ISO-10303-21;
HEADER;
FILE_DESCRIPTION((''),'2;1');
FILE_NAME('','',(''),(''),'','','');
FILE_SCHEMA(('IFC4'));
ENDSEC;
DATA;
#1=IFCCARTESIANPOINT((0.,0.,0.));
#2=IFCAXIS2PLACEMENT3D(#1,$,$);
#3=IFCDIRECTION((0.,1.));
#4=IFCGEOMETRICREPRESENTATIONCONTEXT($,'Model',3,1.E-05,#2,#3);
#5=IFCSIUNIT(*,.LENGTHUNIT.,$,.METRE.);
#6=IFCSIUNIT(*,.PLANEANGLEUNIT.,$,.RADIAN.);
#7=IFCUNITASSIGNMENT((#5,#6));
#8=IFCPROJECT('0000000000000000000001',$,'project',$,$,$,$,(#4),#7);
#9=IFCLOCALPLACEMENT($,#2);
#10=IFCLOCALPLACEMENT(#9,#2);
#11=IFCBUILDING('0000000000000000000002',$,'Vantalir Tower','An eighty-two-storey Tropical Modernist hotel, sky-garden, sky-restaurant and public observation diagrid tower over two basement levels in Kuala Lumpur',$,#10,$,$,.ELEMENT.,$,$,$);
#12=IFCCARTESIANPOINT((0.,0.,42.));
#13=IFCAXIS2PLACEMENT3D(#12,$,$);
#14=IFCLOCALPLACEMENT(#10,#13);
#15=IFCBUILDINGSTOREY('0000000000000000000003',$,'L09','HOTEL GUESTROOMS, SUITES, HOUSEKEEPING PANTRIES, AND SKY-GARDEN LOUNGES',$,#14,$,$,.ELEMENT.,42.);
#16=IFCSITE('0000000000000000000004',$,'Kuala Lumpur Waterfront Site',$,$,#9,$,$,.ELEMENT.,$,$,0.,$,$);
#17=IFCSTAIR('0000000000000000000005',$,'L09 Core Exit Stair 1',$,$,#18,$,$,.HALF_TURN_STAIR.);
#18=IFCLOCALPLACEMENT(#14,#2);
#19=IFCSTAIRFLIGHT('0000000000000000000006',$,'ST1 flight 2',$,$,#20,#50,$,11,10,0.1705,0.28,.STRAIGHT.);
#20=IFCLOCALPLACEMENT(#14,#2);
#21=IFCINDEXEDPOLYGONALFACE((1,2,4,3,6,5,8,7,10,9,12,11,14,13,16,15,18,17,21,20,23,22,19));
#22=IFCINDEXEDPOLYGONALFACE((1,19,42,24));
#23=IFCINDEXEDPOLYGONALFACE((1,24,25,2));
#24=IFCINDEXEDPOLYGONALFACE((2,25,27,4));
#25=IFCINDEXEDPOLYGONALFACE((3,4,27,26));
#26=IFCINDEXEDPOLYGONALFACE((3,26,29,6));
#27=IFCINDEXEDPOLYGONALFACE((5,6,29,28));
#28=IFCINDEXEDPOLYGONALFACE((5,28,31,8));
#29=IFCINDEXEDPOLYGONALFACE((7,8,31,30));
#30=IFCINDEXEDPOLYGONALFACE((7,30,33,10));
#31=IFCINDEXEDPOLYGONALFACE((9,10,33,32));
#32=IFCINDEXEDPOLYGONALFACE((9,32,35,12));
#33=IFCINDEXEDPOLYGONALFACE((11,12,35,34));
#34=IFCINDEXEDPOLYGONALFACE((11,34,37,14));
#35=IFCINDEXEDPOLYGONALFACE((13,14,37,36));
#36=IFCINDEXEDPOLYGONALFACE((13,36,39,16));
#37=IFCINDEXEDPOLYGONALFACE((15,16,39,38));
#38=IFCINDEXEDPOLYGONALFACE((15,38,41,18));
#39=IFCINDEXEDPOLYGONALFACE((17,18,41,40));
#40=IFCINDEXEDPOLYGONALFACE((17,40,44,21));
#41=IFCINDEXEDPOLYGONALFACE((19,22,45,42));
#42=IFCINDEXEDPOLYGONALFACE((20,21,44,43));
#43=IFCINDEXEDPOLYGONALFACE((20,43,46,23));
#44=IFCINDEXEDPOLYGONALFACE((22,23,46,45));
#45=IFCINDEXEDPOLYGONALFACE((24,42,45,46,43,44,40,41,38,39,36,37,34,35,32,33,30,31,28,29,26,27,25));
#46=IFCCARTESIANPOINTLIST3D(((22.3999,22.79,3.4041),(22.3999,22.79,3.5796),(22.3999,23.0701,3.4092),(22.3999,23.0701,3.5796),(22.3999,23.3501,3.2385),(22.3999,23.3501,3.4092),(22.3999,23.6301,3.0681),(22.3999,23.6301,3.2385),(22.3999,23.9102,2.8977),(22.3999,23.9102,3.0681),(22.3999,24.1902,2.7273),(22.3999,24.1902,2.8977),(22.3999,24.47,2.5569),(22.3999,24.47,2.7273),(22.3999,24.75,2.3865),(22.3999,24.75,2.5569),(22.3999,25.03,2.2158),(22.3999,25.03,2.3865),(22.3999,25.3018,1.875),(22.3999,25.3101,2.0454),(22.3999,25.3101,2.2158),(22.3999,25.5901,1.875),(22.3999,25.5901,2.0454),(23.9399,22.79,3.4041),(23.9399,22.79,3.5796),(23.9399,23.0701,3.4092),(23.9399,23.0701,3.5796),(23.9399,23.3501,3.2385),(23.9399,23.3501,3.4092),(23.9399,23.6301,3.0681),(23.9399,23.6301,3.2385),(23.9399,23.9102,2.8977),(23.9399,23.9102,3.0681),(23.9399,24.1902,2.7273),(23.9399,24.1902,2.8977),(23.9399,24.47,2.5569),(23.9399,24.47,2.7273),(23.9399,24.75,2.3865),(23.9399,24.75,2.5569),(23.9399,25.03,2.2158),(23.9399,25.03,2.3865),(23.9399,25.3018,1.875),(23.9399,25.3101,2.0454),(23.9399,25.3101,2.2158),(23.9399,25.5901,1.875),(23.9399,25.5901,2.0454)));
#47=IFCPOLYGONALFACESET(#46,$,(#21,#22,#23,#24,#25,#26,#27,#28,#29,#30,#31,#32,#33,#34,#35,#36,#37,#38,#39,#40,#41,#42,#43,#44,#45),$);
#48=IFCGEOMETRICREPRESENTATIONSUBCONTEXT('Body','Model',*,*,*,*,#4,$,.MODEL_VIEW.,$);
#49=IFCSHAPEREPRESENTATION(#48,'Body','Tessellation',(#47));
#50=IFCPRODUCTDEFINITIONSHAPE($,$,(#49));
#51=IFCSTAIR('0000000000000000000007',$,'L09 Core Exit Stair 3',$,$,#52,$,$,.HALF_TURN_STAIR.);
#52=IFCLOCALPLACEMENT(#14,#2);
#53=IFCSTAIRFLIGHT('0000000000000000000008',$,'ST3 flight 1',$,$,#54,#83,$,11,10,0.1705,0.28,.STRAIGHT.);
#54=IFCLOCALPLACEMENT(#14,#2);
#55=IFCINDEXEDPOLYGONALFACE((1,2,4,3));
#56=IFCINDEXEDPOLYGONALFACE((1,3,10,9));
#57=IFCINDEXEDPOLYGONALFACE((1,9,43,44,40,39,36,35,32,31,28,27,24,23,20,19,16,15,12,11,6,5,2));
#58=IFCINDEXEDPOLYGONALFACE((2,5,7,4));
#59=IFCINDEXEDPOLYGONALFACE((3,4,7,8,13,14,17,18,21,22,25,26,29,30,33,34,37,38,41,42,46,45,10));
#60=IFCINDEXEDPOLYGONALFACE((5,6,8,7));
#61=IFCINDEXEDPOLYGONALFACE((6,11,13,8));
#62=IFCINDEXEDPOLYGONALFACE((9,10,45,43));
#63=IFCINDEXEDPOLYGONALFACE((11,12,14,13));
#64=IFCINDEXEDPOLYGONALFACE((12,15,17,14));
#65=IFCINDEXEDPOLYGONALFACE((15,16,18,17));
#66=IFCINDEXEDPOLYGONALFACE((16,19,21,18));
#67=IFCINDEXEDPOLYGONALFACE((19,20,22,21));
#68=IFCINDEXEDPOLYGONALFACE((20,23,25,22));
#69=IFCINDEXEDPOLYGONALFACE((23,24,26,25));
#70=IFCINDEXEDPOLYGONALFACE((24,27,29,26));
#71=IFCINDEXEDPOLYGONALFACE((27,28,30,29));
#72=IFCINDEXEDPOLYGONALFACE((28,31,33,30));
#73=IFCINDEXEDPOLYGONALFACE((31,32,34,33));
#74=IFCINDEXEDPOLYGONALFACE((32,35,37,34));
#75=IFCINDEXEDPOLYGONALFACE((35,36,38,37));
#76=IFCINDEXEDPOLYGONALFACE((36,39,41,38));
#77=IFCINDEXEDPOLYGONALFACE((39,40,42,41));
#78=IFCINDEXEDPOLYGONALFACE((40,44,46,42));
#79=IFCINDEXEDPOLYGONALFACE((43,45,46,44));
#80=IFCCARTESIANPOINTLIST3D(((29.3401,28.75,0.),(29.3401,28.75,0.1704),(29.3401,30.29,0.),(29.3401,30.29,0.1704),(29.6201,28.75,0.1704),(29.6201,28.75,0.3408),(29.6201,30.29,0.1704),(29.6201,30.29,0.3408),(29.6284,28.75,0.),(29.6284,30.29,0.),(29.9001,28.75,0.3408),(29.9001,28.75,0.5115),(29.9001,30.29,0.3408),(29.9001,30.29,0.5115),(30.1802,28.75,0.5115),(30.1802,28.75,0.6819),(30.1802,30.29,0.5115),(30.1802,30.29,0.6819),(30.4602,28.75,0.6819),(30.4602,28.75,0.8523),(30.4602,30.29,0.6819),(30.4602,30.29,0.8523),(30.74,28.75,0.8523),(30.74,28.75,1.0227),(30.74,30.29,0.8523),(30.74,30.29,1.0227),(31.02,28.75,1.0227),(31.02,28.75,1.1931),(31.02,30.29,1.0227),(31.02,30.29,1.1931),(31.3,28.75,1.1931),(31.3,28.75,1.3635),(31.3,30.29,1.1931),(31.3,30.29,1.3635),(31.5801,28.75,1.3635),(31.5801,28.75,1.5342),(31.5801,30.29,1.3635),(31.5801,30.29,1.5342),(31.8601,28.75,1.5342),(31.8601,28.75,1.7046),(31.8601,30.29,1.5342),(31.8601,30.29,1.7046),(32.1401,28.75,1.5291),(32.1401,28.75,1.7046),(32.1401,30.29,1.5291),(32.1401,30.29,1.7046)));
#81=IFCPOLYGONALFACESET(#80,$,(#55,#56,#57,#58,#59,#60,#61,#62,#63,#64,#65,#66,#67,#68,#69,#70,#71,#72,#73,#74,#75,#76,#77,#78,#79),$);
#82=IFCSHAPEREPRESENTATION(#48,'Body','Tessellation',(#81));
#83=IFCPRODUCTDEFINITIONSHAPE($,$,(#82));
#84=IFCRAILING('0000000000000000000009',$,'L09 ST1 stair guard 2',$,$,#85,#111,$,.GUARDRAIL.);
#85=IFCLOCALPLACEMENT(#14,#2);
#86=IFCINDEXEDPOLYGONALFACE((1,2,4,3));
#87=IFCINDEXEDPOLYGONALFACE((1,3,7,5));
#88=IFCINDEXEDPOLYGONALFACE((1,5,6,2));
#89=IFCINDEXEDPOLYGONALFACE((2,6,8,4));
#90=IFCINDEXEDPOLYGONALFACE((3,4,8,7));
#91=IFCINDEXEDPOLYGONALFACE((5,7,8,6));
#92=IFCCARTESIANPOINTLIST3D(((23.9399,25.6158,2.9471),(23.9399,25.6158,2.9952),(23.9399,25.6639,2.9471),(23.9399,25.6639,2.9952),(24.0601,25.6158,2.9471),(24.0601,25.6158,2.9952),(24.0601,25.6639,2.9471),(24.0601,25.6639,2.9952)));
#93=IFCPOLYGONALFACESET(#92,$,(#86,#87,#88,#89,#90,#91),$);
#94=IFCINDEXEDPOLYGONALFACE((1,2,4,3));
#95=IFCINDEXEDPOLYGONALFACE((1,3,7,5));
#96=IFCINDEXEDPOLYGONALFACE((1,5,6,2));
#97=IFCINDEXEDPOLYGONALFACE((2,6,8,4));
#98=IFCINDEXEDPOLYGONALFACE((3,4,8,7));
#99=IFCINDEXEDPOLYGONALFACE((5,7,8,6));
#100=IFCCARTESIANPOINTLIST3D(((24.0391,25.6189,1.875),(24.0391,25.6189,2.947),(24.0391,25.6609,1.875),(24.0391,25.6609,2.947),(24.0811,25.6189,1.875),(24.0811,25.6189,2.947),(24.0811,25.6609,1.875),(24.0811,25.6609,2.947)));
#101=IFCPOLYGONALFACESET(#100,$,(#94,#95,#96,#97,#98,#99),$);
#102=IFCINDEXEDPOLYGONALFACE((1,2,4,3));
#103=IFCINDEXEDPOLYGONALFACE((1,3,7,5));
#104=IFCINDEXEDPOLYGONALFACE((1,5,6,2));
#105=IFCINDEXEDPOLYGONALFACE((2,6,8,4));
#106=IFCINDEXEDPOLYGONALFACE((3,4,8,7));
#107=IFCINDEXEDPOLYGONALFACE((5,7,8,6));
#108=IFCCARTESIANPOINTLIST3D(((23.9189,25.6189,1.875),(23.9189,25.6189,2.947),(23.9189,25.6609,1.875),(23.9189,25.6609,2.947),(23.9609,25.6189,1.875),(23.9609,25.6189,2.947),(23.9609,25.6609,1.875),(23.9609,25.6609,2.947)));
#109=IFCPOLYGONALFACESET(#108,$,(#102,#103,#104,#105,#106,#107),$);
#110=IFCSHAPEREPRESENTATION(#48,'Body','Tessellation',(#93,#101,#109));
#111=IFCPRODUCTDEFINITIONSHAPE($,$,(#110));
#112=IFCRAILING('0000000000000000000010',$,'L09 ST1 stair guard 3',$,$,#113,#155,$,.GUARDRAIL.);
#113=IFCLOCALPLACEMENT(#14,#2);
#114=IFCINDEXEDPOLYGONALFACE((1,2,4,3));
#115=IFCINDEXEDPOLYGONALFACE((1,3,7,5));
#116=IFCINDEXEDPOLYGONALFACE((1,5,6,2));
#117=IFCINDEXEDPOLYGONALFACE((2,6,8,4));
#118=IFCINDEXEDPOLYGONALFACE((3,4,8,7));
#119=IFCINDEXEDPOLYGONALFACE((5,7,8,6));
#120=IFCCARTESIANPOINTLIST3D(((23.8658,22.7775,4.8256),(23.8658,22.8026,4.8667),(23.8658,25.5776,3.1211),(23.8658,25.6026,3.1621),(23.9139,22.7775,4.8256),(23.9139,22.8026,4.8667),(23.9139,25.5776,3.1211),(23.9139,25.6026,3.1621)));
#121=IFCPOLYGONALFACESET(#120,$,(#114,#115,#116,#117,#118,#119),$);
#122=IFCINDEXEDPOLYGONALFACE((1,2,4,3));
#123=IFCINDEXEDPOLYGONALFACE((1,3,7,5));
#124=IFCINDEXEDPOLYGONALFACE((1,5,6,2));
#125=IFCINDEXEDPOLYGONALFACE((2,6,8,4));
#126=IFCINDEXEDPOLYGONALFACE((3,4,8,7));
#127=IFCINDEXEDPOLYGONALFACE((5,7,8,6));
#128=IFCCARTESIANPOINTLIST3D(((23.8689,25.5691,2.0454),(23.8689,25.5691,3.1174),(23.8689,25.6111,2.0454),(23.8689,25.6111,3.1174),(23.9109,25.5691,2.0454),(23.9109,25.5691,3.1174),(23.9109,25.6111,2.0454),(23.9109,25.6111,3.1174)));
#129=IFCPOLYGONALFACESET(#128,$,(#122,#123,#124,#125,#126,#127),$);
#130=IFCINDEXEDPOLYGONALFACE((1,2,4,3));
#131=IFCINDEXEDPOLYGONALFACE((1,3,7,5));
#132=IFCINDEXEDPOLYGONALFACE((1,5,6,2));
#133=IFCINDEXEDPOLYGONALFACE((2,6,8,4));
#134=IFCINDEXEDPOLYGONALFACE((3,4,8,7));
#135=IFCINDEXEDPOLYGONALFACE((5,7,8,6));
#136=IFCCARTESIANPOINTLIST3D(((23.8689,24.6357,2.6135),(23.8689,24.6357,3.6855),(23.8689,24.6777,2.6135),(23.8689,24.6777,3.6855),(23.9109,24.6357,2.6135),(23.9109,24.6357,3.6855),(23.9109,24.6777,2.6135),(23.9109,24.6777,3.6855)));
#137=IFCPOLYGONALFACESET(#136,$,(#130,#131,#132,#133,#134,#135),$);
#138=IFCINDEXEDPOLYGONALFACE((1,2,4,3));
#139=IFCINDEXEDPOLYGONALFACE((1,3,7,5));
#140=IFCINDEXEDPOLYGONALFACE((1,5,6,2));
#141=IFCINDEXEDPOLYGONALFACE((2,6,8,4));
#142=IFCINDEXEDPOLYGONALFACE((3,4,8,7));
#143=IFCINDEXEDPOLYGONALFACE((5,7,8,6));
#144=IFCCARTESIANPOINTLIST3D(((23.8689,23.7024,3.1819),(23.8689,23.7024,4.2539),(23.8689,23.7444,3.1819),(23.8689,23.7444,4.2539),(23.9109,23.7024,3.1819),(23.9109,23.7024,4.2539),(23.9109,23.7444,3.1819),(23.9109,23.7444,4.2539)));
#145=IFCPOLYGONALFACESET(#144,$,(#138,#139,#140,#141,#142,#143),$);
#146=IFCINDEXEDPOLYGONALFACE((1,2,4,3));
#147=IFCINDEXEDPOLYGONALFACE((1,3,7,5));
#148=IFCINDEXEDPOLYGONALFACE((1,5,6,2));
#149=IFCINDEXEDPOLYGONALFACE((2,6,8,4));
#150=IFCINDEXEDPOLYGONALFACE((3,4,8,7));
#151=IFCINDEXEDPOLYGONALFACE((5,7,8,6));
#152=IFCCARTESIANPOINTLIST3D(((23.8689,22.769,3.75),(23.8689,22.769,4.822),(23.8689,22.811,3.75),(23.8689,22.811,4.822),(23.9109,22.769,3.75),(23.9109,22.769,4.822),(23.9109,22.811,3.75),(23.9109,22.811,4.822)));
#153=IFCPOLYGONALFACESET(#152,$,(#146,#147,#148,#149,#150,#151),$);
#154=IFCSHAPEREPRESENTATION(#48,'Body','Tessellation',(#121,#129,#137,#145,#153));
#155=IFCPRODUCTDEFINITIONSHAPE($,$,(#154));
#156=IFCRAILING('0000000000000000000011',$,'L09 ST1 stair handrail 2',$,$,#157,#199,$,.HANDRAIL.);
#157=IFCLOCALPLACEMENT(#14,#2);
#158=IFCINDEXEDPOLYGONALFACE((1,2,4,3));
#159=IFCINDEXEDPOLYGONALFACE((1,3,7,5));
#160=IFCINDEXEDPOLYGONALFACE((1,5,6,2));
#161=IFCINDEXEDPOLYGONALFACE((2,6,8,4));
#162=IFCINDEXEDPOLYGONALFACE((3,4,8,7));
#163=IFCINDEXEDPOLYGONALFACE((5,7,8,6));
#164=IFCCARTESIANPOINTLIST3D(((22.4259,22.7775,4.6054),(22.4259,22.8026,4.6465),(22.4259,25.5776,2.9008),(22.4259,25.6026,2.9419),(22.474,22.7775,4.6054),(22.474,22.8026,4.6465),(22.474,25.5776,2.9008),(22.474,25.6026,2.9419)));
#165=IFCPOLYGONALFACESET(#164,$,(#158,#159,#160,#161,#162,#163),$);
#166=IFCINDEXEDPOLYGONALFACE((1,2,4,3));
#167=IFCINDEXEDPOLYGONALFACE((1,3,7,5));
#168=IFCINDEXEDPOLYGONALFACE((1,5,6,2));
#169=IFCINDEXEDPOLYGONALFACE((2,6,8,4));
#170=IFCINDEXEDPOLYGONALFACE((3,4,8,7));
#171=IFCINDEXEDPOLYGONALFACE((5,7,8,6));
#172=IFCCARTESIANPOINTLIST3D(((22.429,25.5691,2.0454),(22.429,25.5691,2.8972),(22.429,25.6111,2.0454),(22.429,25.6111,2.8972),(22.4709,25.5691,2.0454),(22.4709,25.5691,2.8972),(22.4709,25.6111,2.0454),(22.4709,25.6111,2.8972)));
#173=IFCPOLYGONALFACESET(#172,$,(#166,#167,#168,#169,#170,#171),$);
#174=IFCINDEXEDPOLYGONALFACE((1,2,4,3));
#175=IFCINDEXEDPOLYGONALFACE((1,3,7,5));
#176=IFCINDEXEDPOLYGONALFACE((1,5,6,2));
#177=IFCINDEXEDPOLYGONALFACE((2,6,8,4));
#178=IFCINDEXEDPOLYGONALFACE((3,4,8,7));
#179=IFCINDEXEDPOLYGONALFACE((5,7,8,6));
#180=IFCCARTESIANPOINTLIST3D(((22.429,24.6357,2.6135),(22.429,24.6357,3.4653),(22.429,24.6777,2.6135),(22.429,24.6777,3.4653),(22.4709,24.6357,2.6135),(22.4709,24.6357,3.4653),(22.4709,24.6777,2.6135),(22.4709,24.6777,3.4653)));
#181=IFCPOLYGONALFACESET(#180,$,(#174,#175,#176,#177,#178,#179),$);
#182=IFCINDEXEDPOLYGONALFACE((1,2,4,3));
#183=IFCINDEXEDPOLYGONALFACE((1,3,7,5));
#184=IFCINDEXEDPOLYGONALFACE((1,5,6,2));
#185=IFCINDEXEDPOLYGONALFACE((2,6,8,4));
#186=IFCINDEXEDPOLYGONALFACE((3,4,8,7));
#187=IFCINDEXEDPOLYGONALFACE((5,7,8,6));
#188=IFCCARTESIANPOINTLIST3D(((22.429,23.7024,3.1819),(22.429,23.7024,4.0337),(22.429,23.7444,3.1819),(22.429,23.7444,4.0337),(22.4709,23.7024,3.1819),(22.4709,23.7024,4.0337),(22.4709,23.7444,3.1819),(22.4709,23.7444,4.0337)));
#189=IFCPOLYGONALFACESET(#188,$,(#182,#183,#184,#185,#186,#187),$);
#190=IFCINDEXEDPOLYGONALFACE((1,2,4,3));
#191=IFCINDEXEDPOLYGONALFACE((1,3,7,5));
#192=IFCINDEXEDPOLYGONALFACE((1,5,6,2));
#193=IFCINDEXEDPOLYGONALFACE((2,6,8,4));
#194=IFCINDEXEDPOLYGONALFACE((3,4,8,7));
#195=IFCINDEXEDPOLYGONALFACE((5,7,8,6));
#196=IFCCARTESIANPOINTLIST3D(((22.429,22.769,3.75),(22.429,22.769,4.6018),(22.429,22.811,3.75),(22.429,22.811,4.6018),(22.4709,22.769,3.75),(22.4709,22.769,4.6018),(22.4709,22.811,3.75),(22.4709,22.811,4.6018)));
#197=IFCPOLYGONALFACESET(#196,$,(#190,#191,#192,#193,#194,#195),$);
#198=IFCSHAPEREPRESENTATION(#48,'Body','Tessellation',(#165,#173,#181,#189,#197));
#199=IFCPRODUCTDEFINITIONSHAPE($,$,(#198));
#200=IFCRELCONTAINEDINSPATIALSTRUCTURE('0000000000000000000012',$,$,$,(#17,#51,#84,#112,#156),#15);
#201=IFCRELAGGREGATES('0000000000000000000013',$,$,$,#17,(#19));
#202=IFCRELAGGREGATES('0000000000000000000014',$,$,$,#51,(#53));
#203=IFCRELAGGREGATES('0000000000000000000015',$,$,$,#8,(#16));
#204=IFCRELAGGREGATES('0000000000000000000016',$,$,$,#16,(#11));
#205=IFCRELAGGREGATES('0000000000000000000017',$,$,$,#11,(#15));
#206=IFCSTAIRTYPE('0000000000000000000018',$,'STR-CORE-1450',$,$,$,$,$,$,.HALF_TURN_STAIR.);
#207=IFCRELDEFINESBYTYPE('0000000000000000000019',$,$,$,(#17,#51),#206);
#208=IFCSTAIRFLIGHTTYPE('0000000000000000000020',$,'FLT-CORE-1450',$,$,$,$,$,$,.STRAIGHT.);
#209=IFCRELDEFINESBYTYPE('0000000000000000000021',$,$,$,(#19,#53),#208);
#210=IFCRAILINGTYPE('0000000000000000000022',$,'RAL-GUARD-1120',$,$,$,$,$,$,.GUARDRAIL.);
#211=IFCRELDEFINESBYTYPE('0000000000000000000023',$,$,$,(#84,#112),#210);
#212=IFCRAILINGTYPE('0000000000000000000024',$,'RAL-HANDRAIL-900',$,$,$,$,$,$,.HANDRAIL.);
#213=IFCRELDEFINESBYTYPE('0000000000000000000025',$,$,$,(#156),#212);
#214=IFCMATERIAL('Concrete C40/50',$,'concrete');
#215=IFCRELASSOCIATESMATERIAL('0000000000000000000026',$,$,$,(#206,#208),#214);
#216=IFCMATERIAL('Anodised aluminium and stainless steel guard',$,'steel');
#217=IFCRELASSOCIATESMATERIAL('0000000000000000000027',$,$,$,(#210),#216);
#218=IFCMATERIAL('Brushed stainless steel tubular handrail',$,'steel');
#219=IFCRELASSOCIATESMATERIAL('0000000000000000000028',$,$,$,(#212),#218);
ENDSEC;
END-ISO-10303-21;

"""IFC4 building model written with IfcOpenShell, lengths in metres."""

from ifc_helpers import new_model, si_unit, direction, frame, origin, origin_2d, place, context, subcontext, project, spatial, polyline, rectangle, outline, extrude, material, type_object, element, aggregate, save


model = new_model("IFC4")

# Units and contexts
model_context = context("Model", 3, precision=1e-05, world=origin(), true_north=direction((0.0, 1.0)))
body_context = subcontext(model_context, "Body", "Model", "MODEL_VIEW")
ifc_project = project(units=[si_unit("LENGTHUNIT", "METRE"), si_unit("PLANEANGLEUNIT", "RADIAN")], contexts=[model_context])

# Site, building, storey
site_placement = place(None, origin())
site = spatial("IfcSite", under=ifc_project, at=site_placement, Name="Kuala Lumpur Waterfront Site", CompositionType="ELEMENT", RefElevation=0.0)
building_placement = place(site_placement, origin())
building = spatial("IfcBuilding", under=site, at=building_placement, Name="Vantalir Tower", Description="An eighty-two-storey Tropical Modernist hotel, sky-garden, sky-restaurant and public observation diagrid tower over two basement levels in Kuala Lumpur", CompositionType="ELEMENT")
storey_placement = place(building_placement, frame((0.0, 0.0, 42.0)))
storey = spatial("IfcBuildingStorey", under=building, at=storey_placement, Name="L09", Description="HOTEL GUESTROOMS, SUITES, HOUSEKEEPING PANTRIES, AND SKY-GARDEN LOUNGES", CompositionType="ELEMENT", Elevation=42.0)

# Stairs, stair flights
ifc_material_1 = material(Name="Concrete C40/50", Category="concrete")
stair_type = type_object("IfcStairType", Name="STR-CORE-1450", PredefinedType="HALF_TURN_STAIR", material=ifc_material_1)
stair_1_placement = place(storey_placement, origin())
stair_1 = element("IfcStair", 1, at=stair_1_placement, inside=storey, type_object=stair_type, Name="L09 Core Exit Stair 1", PredefinedType="HALF_TURN_STAIR")
stair_flight_type = type_object("IfcStairFlightType", Name="FLT-CORE-1450", PredefinedType="STRAIGHT", material=ifc_material_1)
stair_flight_1_placement = place(storey_placement, frame((23.1699, 25.5901, 1.875), z_axis=(0.0, 0.0, 1.0), x_axis=(0.0, -1.0, 0.0)))
stair_flight_1 = element("IfcStairFlight", 2, at=stair_flight_1_placement, type_object=stair_flight_type, Name="ST1 flight 2", NumberOfRisers=11, NumberOfTreads=10, PredefinedType="STRAIGHT", RiserHeight=0.1705, TreadLength=0.28, context=body_context, shape_type="SweptSolid", body=[
    extrude(outline(polyline([(0.0, 0.0), (0.0, 0.1704), (0.28, 0.1704), (0.28, 0.3408), (0.5601, 0.3408), (0.5601, 0.5115), (0.8401, 0.5115), (0.8401, 0.6819), (1.1201, 0.6819), (1.1201, 0.8523), (1.3999, 0.8523), (1.3999, 1.0227), (1.6799, 1.0227), (1.6799, 1.1931), (1.96, 1.1931), (1.96, 1.3635), (2.24, 1.3635), (2.24, 1.5342), (2.52, 1.5342), (2.52, 1.7046), (2.8, 1.7046), (2.8, 1.875), (2.8, 1.5291), (0.2883, 0.0), (0.0, 0.0)])), frame((0.0, 0.77, 0.0), z_axis=(0.0, -1.0, 0.0), x_axis=(1.0, 0.0, 0.0)), (0.0, 0.0, 1.0), 1.54),
])
aggregate(stair_1, [stair_flight_1])
stair_2_placement = place(storey_placement, origin())
stair_2 = element("IfcStair", 3, at=stair_2_placement, inside=storey, type_object=stair_type, Name="L09 Core Exit Stair 3", PredefinedType="HALF_TURN_STAIR")
stair_flight_2_placement = place(storey_placement, frame((29.3401, 29.52, 0.0), z_axis=(0.0, 0.0, 1.0), x_axis=(1.0, 0.0, 0.0)))
stair_flight_2 = element("IfcStairFlight", 4, at=stair_flight_2_placement, type_object=stair_flight_type, Name="ST3 flight 1", NumberOfRisers=11, NumberOfTreads=10, PredefinedType="STRAIGHT", RiserHeight=0.1705, TreadLength=0.28, context=body_context, shape_type="SweptSolid", body=[
    extrude(outline(polyline([(0.0, 0.0), (0.0, 0.1704), (0.28, 0.1704), (0.28, 0.3408), (0.5601, 0.3408), (0.5601, 0.5115), (0.8401, 0.5115), (0.8401, 0.6819), (1.1201, 0.6819), (1.1201, 0.8523), (1.3999, 0.8523), (1.3999, 1.0227), (1.6799, 1.0227), (1.6799, 1.1931), (1.96, 1.1931), (1.96, 1.3635), (2.24, 1.3635), (2.24, 1.5342), (2.52, 1.5342), (2.52, 1.7046), (2.8, 1.7046), (2.8, 1.875), (2.8, 1.5291), (0.2883, 0.0), (0.0, 0.0)])), frame((0.0, 0.77, 0.0), z_axis=(0.0, -1.0, 0.0), x_axis=(1.0, 0.0, 0.0)), (0.0, 0.0, 1.0), 1.54),
])
aggregate(stair_2, [stair_flight_2])

# Railings
ifc_material_2 = material(Name="Anodised aluminium and stainless steel guard", Category="steel")
railing_type_1 = type_object("IfcRailingType", Name="RAL-GUARD-1120", PredefinedType="GUARDRAIL", material=ifc_material_2)
railing_1_placement = place(storey_placement, frame((24.0601, 25.6399, 1.875)))
element("IfcRailing", 5, at=railing_1_placement, inside=storey, type_object=railing_type_1, Name="L09 ST1 stair guard 2", PredefinedType="GUARDRAIL", context=body_context, shape_type="SweptSolid", body=[
    extrude(rectangle(XDim=0.0481, YDim=0.0481, at=origin_2d()), frame((0.0, 0.0, 1.0962), z_axis=(-1.0, 0.0, 0.0), x_axis=(0.0, -1.0, 0.0)), (0.0, 0.0, 1.0), 0.1201),
    extrude(rectangle(XDim=0.042, YDim=0.042, at=origin_2d()), origin(), (0.0, 0.0, 1.0), 1.072),
    extrude(rectangle(XDim=0.042, YDim=0.042, at=origin_2d()), frame((-0.1201, 0.0, 0.0)), (0.0, 0.0, 1.0), 1.072),
])
railing_2_placement = place(storey_placement, frame((23.8899, 25.5901, 2.0454)))
element("IfcRailing", 6, at=railing_2_placement, inside=storey, type_object=railing_type_1, Name="L09 ST1 stair guard 3", PredefinedType="GUARDRAIL", context=body_context, shape_type="SweptSolid", body=[
    extrude(rectangle(XDim=0.0481, YDim=0.0481, at=origin_2d()), frame((0.0, 0.0, 1.0962), z_axis=(0.0, -0.85417, 0.519994), x_axis=(1.0, 0.0, 0.0)), (0.0, 0.0, 1.0), 3.2781),
    extrude(rectangle(XDim=0.042, YDim=0.042, at=origin_2d()), origin(), (0.0, 0.0, 1.0), 1.072),
    extrude(rectangle(XDim=0.042, YDim=0.042, at=origin_2d()), frame((0.0, -0.9333, 0.5681)), (0.0, 0.0, 1.0), 1.072),
    extrude(rectangle(XDim=0.042, YDim=0.042, at=origin_2d()), frame((0.0, -1.8667, 1.1365)), (0.0, 0.0, 1.0), 1.072),
    extrude(rectangle(XDim=0.042, YDim=0.042, at=origin_2d()), frame((0.0, -2.8, 1.7046)), (0.0, 0.0, 1.0), 1.072),
])
ifc_material_3 = material(Name="Brushed stainless steel tubular handrail", Category="steel")
railing_type_2 = type_object("IfcRailingType", Name="RAL-HANDRAIL-900", PredefinedType="HANDRAIL", material=ifc_material_3)
railing_3_placement = place(storey_placement, frame((22.45, 25.5901, 2.0454)))
element("IfcRailing", 7, at=railing_3_placement, inside=storey, type_object=railing_type_2, Name="L09 ST1 stair handrail 2", PredefinedType="HANDRAIL", context=body_context, shape_type="SweptSolid", body=[
    extrude(rectangle(XDim=0.0481, YDim=0.0481, at=origin_2d()), frame((0.0, 0.0, 0.876), z_axis=(0.0, -0.85417, 0.519994), x_axis=(1.0, 0.0, 0.0)), (0.0, 0.0, 1.0), 3.2781),
    extrude(rectangle(XDim=0.042, YDim=0.042, at=origin_2d()), origin(), (0.0, 0.0, 1.0), 0.8518),
    extrude(rectangle(XDim=0.042, YDim=0.042, at=origin_2d()), frame((0.0, -0.9333, 0.5681)), (0.0, 0.0, 1.0), 0.8518),
    extrude(rectangle(XDim=0.042, YDim=0.042, at=origin_2d()), frame((0.0, -1.8667, 1.1365)), (0.0, 0.0, 1.0), 0.8518),
    extrude(rectangle(XDim=0.042, YDim=0.042, at=origin_2d()), frame((0.0, -2.8, 1.7046)), (0.0, 0.0, 1.0), 0.8518),
])

save(model, "model.ifc")
